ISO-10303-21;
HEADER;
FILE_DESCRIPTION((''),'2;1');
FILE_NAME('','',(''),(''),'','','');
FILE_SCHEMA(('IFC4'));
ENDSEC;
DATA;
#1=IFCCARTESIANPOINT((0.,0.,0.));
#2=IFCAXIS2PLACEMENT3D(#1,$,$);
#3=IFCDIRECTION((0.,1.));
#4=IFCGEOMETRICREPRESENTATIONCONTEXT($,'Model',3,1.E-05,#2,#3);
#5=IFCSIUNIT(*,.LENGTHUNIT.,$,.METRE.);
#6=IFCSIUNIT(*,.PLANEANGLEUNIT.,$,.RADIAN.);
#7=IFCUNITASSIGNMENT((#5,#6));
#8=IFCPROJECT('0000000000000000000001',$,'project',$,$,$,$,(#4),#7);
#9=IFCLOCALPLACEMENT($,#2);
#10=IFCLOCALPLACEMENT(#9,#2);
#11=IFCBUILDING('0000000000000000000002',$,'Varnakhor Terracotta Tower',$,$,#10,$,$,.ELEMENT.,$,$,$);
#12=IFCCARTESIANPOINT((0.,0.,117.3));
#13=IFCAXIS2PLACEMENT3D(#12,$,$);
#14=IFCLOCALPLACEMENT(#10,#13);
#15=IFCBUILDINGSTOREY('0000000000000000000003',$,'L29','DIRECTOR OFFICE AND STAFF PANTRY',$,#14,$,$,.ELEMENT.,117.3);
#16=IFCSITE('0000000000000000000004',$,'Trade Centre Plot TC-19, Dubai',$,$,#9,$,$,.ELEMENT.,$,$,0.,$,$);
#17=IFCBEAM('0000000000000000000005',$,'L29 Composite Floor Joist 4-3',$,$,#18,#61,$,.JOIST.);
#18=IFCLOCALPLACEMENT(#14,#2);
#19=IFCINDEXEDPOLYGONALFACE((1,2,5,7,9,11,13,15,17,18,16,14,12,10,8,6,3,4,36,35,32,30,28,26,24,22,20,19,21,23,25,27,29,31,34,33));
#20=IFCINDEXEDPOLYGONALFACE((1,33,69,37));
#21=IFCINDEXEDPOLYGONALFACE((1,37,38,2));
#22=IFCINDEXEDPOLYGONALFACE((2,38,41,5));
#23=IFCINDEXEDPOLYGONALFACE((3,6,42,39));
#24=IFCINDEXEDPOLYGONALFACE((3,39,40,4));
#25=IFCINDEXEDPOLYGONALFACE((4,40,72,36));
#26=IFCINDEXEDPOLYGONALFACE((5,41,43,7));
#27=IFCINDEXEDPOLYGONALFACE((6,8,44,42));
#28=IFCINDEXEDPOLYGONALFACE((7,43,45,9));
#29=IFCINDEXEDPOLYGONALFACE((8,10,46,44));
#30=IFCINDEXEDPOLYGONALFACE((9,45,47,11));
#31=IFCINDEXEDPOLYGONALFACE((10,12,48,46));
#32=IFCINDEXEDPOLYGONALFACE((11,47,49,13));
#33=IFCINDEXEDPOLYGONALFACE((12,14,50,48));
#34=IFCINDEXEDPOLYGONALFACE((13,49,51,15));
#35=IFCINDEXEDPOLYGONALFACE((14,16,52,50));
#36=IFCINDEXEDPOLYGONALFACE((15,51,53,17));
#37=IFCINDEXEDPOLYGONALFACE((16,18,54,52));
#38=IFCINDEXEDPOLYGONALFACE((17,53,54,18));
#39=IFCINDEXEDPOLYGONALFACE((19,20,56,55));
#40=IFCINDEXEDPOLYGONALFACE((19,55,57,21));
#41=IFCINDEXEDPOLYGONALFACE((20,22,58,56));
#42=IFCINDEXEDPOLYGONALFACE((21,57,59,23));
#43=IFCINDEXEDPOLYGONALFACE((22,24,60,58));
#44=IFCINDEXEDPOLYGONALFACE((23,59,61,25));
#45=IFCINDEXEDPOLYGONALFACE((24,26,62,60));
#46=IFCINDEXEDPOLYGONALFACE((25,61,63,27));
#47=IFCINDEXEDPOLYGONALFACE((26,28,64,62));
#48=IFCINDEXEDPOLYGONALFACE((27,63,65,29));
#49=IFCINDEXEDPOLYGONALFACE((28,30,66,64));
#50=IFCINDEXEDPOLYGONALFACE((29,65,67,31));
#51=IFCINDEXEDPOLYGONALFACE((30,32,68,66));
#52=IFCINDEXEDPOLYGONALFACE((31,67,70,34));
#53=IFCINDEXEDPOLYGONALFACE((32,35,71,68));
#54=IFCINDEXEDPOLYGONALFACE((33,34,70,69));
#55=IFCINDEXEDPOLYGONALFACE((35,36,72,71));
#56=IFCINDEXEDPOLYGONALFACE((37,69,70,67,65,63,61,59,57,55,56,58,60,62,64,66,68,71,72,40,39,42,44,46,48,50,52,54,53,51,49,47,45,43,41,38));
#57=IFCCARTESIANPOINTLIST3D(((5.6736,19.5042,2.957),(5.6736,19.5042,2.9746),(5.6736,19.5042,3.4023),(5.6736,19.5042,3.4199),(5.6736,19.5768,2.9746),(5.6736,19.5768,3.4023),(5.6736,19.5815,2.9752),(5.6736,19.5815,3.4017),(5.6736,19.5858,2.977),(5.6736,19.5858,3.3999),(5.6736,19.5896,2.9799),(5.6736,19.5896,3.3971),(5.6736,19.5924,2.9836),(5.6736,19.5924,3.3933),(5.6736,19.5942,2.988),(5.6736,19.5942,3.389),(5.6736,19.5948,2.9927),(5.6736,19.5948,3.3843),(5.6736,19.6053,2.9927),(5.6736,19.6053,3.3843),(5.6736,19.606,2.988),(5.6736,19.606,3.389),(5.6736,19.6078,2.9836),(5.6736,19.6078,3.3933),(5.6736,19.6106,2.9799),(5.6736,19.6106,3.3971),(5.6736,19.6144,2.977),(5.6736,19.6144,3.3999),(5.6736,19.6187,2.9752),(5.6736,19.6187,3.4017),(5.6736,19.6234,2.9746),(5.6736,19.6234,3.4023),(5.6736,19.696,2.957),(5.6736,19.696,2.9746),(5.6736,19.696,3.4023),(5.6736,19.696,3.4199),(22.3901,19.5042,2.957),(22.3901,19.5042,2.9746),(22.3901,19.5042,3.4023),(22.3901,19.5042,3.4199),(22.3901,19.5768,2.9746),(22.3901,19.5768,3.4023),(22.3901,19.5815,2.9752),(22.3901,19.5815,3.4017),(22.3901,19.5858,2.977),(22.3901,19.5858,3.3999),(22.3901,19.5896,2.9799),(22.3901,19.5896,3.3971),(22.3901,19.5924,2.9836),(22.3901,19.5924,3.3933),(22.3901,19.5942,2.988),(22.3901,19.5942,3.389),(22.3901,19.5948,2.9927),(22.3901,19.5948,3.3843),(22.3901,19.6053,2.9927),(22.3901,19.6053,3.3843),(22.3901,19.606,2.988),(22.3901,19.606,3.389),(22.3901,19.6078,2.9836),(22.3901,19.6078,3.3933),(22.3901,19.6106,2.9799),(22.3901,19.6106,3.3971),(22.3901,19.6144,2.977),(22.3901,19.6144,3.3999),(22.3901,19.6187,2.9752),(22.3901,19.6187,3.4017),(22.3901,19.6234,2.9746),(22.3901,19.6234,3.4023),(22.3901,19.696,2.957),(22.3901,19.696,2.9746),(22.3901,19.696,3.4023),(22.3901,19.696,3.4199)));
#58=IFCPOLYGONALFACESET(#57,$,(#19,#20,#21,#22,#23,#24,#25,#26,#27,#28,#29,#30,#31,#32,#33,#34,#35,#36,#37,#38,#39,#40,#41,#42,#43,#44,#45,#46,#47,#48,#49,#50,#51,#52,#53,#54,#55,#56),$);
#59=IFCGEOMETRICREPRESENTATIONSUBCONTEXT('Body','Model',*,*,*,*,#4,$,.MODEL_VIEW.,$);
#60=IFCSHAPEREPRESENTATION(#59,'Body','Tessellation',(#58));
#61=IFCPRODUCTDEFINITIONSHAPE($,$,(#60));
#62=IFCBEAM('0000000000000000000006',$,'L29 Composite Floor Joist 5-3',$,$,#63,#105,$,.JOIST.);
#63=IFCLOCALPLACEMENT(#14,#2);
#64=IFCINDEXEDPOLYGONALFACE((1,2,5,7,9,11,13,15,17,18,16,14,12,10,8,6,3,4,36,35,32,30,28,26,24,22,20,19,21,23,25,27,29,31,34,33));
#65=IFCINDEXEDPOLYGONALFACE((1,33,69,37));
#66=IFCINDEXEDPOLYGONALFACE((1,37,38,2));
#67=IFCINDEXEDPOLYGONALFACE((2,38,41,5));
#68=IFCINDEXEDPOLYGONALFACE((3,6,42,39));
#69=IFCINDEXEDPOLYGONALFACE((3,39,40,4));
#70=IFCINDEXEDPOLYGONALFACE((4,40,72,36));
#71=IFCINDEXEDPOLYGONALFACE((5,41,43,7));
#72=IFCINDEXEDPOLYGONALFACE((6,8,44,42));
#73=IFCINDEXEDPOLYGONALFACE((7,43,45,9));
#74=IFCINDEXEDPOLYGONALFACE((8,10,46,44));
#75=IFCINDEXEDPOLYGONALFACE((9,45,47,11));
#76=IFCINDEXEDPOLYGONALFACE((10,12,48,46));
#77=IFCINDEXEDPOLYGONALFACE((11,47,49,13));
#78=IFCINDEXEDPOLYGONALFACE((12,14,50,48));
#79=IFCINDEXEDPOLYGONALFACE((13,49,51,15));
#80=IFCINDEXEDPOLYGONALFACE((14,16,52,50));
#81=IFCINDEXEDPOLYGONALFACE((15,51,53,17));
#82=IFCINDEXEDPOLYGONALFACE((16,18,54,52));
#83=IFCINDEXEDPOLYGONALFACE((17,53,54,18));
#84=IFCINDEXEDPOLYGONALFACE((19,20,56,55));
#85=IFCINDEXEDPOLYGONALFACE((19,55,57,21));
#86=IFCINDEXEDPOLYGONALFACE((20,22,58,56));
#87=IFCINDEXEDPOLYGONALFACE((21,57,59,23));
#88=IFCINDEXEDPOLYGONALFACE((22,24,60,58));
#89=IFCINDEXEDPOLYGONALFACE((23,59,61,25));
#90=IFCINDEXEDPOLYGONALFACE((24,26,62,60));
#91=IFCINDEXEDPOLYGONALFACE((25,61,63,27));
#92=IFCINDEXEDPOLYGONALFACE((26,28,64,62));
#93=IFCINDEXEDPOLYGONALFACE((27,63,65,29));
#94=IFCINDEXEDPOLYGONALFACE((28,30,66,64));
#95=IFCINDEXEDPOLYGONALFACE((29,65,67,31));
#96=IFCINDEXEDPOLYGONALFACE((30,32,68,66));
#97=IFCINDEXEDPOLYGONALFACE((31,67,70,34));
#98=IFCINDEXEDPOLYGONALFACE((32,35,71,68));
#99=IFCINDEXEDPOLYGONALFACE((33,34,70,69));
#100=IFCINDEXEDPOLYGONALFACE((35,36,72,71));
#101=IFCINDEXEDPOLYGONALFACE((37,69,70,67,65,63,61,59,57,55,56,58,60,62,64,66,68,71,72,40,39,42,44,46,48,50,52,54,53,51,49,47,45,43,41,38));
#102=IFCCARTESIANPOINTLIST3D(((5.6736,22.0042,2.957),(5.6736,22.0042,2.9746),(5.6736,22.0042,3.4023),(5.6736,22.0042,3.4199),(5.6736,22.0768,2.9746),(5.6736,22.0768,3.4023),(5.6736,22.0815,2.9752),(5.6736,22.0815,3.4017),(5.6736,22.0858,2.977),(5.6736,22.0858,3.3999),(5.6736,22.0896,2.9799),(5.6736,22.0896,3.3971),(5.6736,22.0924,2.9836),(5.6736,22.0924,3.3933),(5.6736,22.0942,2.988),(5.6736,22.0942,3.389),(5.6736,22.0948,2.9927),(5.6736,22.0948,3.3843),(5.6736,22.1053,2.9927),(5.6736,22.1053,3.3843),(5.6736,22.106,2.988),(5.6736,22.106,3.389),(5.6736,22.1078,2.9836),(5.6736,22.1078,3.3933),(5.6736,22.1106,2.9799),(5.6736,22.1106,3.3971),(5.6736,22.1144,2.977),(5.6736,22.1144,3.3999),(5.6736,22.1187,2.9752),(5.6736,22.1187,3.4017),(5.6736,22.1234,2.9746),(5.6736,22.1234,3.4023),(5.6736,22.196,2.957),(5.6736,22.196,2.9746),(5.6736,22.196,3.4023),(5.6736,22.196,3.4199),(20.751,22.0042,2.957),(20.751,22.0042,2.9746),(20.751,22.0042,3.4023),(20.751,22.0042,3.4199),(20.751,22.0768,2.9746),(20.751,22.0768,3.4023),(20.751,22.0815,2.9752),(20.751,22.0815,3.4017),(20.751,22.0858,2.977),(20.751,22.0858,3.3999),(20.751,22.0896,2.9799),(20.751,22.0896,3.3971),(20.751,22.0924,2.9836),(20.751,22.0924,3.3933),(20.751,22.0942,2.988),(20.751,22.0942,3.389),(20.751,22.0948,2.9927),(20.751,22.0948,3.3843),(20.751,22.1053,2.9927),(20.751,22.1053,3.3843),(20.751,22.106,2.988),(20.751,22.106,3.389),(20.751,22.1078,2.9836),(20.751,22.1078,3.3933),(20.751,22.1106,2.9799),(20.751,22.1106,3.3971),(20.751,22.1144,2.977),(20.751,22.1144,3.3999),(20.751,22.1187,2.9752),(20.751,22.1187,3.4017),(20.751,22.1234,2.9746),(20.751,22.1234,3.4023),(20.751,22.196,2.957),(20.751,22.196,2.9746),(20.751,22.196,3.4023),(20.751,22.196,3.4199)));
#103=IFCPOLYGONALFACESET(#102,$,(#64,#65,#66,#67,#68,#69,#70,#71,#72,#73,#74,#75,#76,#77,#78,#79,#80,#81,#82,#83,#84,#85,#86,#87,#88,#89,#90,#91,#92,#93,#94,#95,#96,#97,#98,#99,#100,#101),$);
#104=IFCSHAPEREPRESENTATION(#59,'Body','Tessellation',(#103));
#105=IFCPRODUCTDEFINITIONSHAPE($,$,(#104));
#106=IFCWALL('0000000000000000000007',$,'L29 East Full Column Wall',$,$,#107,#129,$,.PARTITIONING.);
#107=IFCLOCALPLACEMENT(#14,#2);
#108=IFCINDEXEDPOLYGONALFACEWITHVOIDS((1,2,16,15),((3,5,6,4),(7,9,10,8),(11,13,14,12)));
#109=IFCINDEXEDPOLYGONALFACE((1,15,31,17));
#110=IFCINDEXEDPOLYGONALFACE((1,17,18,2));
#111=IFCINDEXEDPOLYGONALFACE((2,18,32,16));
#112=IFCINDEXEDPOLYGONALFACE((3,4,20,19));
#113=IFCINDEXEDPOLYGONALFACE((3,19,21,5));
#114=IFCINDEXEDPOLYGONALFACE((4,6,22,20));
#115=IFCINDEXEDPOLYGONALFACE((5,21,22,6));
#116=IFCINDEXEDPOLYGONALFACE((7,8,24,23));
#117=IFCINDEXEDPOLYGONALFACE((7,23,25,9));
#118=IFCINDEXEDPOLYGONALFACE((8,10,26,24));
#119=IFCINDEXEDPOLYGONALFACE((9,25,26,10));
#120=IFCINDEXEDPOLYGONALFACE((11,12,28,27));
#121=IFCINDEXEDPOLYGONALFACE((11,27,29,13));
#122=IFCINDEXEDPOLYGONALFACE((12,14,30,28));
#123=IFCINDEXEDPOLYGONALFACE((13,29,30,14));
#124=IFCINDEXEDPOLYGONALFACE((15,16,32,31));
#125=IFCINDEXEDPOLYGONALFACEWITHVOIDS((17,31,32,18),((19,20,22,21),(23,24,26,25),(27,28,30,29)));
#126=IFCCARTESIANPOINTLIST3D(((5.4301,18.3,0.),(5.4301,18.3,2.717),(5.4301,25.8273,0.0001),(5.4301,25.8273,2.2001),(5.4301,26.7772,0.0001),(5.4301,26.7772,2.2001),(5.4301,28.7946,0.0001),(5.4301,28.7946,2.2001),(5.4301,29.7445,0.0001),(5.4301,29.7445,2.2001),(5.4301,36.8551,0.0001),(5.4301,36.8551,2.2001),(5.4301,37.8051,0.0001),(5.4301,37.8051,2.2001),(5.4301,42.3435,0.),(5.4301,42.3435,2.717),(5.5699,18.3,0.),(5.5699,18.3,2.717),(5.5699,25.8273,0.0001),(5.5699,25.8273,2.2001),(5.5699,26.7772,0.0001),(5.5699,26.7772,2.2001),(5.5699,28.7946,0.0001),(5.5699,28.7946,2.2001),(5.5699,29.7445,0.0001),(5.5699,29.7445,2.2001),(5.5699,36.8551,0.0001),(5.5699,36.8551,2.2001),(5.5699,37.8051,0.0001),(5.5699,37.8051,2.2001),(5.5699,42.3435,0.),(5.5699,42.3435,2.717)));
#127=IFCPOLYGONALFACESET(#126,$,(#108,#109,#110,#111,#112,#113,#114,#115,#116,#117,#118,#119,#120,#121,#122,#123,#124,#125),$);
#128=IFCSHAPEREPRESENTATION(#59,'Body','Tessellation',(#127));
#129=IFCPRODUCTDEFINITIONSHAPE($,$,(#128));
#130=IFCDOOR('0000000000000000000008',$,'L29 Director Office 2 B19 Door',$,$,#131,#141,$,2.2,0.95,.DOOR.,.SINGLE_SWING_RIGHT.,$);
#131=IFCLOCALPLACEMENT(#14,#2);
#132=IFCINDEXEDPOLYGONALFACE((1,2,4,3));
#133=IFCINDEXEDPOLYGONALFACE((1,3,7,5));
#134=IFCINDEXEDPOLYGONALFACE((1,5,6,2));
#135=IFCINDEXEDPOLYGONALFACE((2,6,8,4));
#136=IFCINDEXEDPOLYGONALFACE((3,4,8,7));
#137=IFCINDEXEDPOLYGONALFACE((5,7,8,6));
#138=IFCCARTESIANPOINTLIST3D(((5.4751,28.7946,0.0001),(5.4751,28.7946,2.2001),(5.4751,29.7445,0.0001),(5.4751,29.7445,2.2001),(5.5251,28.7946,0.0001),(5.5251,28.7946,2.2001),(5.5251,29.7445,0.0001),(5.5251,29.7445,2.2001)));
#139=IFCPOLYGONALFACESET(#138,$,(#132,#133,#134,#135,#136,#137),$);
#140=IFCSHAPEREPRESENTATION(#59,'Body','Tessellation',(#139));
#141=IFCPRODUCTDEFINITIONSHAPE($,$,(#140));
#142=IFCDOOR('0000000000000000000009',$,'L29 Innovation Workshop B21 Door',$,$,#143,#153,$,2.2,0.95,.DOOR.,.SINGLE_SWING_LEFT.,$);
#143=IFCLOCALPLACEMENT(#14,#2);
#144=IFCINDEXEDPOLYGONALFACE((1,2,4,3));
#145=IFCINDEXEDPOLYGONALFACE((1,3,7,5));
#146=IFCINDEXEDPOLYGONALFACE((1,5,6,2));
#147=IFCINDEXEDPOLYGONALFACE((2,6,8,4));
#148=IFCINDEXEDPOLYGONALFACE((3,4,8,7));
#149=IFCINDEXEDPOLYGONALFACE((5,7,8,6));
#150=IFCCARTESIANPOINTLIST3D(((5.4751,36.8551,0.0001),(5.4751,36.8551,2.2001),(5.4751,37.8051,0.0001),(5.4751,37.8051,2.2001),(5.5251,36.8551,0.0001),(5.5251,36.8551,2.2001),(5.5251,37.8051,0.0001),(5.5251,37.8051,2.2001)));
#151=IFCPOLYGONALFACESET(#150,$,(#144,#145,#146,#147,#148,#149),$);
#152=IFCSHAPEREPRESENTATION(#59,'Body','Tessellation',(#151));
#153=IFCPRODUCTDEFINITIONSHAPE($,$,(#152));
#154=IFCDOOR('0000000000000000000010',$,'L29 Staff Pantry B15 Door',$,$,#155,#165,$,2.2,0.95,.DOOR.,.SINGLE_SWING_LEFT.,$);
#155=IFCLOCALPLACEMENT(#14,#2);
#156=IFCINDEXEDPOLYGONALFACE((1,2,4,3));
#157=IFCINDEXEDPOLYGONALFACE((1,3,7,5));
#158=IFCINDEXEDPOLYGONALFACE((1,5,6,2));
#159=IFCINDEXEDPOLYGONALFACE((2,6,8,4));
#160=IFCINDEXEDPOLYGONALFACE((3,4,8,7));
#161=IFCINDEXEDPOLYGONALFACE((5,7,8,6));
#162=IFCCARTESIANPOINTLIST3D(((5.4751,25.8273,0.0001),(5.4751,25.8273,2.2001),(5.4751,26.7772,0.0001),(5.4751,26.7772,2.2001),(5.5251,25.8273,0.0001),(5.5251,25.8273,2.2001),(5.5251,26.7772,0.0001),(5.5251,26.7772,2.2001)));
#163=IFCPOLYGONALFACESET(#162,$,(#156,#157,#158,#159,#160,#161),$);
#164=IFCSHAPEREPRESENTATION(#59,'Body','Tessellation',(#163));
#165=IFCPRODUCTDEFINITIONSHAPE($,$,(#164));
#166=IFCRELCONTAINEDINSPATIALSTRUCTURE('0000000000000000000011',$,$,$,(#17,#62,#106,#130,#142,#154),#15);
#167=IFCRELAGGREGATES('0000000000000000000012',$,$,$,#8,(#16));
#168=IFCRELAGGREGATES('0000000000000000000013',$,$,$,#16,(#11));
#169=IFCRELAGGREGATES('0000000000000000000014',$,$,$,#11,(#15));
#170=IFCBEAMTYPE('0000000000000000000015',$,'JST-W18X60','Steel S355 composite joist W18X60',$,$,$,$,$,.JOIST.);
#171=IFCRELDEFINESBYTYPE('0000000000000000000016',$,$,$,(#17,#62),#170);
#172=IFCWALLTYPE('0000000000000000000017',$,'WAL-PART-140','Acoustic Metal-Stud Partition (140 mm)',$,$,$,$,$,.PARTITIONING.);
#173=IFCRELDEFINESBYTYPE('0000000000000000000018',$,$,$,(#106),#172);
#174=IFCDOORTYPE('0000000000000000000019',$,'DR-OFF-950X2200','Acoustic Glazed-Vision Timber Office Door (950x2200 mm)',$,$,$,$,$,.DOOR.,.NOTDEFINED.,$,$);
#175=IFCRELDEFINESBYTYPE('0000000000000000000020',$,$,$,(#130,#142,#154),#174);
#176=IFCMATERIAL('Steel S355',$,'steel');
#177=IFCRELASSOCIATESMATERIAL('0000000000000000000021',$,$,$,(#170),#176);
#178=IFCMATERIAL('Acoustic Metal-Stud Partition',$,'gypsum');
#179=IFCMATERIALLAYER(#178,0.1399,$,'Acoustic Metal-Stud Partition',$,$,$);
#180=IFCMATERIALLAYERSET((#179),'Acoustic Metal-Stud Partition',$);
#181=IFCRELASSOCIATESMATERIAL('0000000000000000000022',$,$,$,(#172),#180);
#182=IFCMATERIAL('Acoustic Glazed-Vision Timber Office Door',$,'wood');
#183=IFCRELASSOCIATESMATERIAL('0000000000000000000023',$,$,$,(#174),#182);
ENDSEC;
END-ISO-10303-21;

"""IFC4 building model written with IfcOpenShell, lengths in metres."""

from ifc_helpers import new_model, si_unit, direction, frame, frame_2d, origin, origin_2d, place, context, subcontext, project, spatial, rectangle, i_section, extrude, source, transform, mapped, material, layer, layer_set, material_profile, profile_set, type_object, type_shapes, element, fill, save


model = new_model("IFC4")

# Units and contexts
model_context = context("Model", 3, precision=1e-05, world=origin(), true_north=direction((0.0, 1.0)))
body_context = subcontext(model_context, "Body", "Model", "MODEL_VIEW")
ifc_project = project(units=[si_unit("LENGTHUNIT", "METRE"), si_unit("PLANEANGLEUNIT", "RADIAN")], contexts=[model_context])

# Site, building, storey
site_placement = place(None, origin())
site = spatial("IfcSite", under=ifc_project, at=site_placement, Name="Trade Centre Plot TC-19, Dubai", CompositionType="ELEMENT", RefElevation=0.0)
building_placement = place(site_placement, origin())
building = spatial("IfcBuilding", under=site, at=building_placement, Name="Varnakhor Terracotta Tower", CompositionType="ELEMENT")
storey_placement = place(building_placement, frame((0.0, 0.0, 117.3)))
storey = spatial("IfcBuildingStorey", under=building, at=storey_placement, Name="L29", Description="DIRECTOR OFFICE AND STAFF PANTRY", CompositionType="ELEMENT", Elevation=117.3)

# Beams
ifc_material_1 = material(Name="Steel S355", Category="steel")
ifc_material_profile_1 = material_profile(ifc_material_1, i_section(OverallWidth=0.1919, OverallDepth=0.4629, WebThickness=0.0105, FlangeThickness=0.0176, FilletRadius=0.0181, at=origin_2d()), Name="W18X60")
ifc_profile_set_1 = profile_set([ifc_material_profile_1], Name="Steel S355")
beam_type_1 = type_object("IfcBeamType", Name="JST-W18X60", Description="Steel S355 composite joist W18X60", PredefinedType="JOIST", material=ifc_profile_set_1)
shared_shape_1 = source(origin(), body_context, "Body", "SweptSolid", [
    extrude(i_section(OverallWidth=0.1919, OverallDepth=0.4629, WebThickness=0.0105, FlangeThickness=0.0176, FilletRadius=0.0181, at=origin_2d()), origin(), (0.0, 0.0, 1.0), 16.7166),
])
beam_1_placement = place(storey_placement, frame((5.6736, 19.6001, 3.1885), z_axis=(1.0, 0.0, 0.0), x_axis=(0.0, 1.0, 0.0)))
element("IfcBeam", 1, at=beam_1_placement, inside=storey, type_object=beam_type_1, Name="L29 Composite Floor Joist 4-3", PredefinedType="JOIST", context=body_context, shape_type="MappedRepresentation", body=[
    mapped(shared_shape_1, transform((0.0, 0.0, 0.0), scale=1.0)),
])
shared_shape_2 = source(origin(), body_context, "Body", "SweptSolid", [
    extrude(i_section(OverallWidth=0.1919, OverallDepth=0.4629, WebThickness=0.0105, FlangeThickness=0.0176, FilletRadius=0.0181, at=origin_2d()), origin(), (0.0, 0.0, 1.0), 15.0774),
])
beam_2_placement = place(storey_placement, frame((5.6736, 22.1001, 3.1885), z_axis=(1.0, 0.0, 0.0), x_axis=(0.0, 1.0, 0.0)))
element("IfcBeam", 2, at=beam_2_placement, inside=storey, type_object=beam_type_1, Name="L29 Composite Floor Joist 5-3", PredefinedType="JOIST", context=body_context, shape_type="MappedRepresentation", body=[
    mapped(shared_shape_2, transform((0.0, 0.0, 0.0), scale=1.0)),
])

# Wall, openings, doors
ifc_material_2 = material(Name="Acoustic Metal-Stud Partition", Category="gypsum")
ifc_layer_1 = layer(ifc_material_2, 0.1399, Name="Acoustic Metal-Stud Partition")
ifc_layer_set_1 = layer_set([ifc_layer_1], Name="Acoustic Metal-Stud Partition")
wall_type_1 = type_object("IfcWallType", Name="WAL-PART-140", Description="Acoustic Metal-Stud Partition (140 mm)", PredefinedType="PARTITIONING", material=ifc_layer_set_1)
wall_1_placement = place(storey_placement, frame((5.5, 18.3, 0.0), z_axis=(0.0, 0.0, 1.0), x_axis=(0.0, 1.0, 0.0)))
wall_1 = element("IfcWall", 3, at=wall_1_placement, inside=storey, type_object=wall_type_1, Name="L29 East Full Column Wall", PredefinedType="PARTITIONING", context=body_context, shape_type="SweptSolid", body=[
    extrude(rectangle(XDim=24.0435, YDim=0.1399, at=frame_2d((12.0217, 0.0))), origin(), (0.0, 0.0, 1.0), 2.717),
])
opening_1_placement = place(wall_1_placement, frame((10.4944, 0.0, 0.0)))
opening_1 = element("IfcOpeningElement", 4, at=opening_1_placement, cuts=wall_1, PredefinedType="OPENING", context=body_context, shape_type="SweptSolid", body=[
    extrude(rectangle(XDim=0.95, YDim=2.2, at=frame_2d((0.4751, 1.1001))), frame((0.0, 0.0801, 0.0), z_axis=(0.0, -1.0, 0.0), x_axis=(1.0, 0.0, 0.0)), (0.0, 0.0, 1.0), 0.1599),
])
opening_2_placement = place(wall_1_placement, frame((18.5549, 0.0, 0.0)))
opening_2 = element("IfcOpeningElement", 5, at=opening_2_placement, cuts=wall_1, PredefinedType="OPENING", context=body_context, shape_type="SweptSolid", body=[
    extrude(rectangle(XDim=0.95, YDim=2.2, at=frame_2d((0.4751, 1.1001))), frame((0.0, 0.0801, 0.0), z_axis=(0.0, -1.0, 0.0), x_axis=(1.0, 0.0, 0.0)), (0.0, 0.0, 1.0), 0.1599),
])
opening_3_placement = place(wall_1_placement, frame((7.5271, 0.0, 0.0)))
opening_3 = element("IfcOpeningElement", 6, at=opening_3_placement, cuts=wall_1, PredefinedType="OPENING", context=body_context, shape_type="SweptSolid", body=[
    extrude(rectangle(XDim=0.95, YDim=2.2, at=frame_2d((0.4751, 1.1001))), frame((0.0, 0.0801, 0.0), z_axis=(0.0, -1.0, 0.0), x_axis=(1.0, 0.0, 0.0)), (0.0, 0.0, 1.0), 0.1599),
])
ifc_material_3 = material(Name="Acoustic Glazed-Vision Timber Office Door", Category="wood")
door_type_1 = type_object("IfcDoorType", Name="DR-OFF-950X2200", Description="Acoustic Glazed-Vision Timber Office Door (950x2200 mm)", OperationType="NOTDEFINED", PredefinedType="DOOR", material=ifc_material_3)
shared_shape_3 = source(origin(), body_context, "Body", "SweptSolid", [
    extrude(rectangle(XDim=0.95, YDim=2.2, at=frame_2d((0.4751, 1.1001))), frame((0.0, 0.0249, 0.0), z_axis=(0.0, -1.0, 0.0), x_axis=(1.0, 0.0, 0.0)), (0.0, 0.0, 1.0), 0.05),
])
type_shapes(door_type_1, [shared_shape_3])
door_1_placement = place(opening_1_placement, origin())
door_1 = element("IfcDoor", 7, at=door_1_placement, inside=storey, type_object=door_type_1, Name="L29 Director Office 2 B19 Door", OperationType="SINGLE_SWING_RIGHT", OverallHeight=2.2, OverallWidth=0.95, PredefinedType="DOOR", context=body_context, shape_type="MappedRepresentation", body=[
    mapped(shared_shape_3, transform((0.0, 0.0, 0.0), scale=1.0)),
])
fill(opening_1, door_1)
door_2_placement = place(opening_2_placement, origin())
door_2 = element("IfcDoor", 8, at=door_2_placement, inside=storey, type_object=door_type_1, Name="L29 Innovation Workshop B21 Door", OperationType="SINGLE_SWING_LEFT", OverallHeight=2.2, OverallWidth=0.95, PredefinedType="DOOR", context=body_context, shape_type="MappedRepresentation", body=[
    mapped(shared_shape_3, transform((0.0, 0.0, 0.0), scale=1.0)),
])
fill(opening_2, door_2)
door_3_placement = place(opening_3_placement, origin())
door_3 = element("IfcDoor", 9, at=door_3_placement, inside=storey, type_object=door_type_1, Name="L29 Staff Pantry B15 Door", OperationType="SINGLE_SWING_LEFT", OverallHeight=2.2, OverallWidth=0.95, PredefinedType="DOOR", context=body_context, shape_type="MappedRepresentation", body=[
    mapped(shared_shape_3, transform((0.0, 0.0, 0.0), scale=1.0)),
])
fill(opening_3, door_3)

save(model, "model.ifc")
